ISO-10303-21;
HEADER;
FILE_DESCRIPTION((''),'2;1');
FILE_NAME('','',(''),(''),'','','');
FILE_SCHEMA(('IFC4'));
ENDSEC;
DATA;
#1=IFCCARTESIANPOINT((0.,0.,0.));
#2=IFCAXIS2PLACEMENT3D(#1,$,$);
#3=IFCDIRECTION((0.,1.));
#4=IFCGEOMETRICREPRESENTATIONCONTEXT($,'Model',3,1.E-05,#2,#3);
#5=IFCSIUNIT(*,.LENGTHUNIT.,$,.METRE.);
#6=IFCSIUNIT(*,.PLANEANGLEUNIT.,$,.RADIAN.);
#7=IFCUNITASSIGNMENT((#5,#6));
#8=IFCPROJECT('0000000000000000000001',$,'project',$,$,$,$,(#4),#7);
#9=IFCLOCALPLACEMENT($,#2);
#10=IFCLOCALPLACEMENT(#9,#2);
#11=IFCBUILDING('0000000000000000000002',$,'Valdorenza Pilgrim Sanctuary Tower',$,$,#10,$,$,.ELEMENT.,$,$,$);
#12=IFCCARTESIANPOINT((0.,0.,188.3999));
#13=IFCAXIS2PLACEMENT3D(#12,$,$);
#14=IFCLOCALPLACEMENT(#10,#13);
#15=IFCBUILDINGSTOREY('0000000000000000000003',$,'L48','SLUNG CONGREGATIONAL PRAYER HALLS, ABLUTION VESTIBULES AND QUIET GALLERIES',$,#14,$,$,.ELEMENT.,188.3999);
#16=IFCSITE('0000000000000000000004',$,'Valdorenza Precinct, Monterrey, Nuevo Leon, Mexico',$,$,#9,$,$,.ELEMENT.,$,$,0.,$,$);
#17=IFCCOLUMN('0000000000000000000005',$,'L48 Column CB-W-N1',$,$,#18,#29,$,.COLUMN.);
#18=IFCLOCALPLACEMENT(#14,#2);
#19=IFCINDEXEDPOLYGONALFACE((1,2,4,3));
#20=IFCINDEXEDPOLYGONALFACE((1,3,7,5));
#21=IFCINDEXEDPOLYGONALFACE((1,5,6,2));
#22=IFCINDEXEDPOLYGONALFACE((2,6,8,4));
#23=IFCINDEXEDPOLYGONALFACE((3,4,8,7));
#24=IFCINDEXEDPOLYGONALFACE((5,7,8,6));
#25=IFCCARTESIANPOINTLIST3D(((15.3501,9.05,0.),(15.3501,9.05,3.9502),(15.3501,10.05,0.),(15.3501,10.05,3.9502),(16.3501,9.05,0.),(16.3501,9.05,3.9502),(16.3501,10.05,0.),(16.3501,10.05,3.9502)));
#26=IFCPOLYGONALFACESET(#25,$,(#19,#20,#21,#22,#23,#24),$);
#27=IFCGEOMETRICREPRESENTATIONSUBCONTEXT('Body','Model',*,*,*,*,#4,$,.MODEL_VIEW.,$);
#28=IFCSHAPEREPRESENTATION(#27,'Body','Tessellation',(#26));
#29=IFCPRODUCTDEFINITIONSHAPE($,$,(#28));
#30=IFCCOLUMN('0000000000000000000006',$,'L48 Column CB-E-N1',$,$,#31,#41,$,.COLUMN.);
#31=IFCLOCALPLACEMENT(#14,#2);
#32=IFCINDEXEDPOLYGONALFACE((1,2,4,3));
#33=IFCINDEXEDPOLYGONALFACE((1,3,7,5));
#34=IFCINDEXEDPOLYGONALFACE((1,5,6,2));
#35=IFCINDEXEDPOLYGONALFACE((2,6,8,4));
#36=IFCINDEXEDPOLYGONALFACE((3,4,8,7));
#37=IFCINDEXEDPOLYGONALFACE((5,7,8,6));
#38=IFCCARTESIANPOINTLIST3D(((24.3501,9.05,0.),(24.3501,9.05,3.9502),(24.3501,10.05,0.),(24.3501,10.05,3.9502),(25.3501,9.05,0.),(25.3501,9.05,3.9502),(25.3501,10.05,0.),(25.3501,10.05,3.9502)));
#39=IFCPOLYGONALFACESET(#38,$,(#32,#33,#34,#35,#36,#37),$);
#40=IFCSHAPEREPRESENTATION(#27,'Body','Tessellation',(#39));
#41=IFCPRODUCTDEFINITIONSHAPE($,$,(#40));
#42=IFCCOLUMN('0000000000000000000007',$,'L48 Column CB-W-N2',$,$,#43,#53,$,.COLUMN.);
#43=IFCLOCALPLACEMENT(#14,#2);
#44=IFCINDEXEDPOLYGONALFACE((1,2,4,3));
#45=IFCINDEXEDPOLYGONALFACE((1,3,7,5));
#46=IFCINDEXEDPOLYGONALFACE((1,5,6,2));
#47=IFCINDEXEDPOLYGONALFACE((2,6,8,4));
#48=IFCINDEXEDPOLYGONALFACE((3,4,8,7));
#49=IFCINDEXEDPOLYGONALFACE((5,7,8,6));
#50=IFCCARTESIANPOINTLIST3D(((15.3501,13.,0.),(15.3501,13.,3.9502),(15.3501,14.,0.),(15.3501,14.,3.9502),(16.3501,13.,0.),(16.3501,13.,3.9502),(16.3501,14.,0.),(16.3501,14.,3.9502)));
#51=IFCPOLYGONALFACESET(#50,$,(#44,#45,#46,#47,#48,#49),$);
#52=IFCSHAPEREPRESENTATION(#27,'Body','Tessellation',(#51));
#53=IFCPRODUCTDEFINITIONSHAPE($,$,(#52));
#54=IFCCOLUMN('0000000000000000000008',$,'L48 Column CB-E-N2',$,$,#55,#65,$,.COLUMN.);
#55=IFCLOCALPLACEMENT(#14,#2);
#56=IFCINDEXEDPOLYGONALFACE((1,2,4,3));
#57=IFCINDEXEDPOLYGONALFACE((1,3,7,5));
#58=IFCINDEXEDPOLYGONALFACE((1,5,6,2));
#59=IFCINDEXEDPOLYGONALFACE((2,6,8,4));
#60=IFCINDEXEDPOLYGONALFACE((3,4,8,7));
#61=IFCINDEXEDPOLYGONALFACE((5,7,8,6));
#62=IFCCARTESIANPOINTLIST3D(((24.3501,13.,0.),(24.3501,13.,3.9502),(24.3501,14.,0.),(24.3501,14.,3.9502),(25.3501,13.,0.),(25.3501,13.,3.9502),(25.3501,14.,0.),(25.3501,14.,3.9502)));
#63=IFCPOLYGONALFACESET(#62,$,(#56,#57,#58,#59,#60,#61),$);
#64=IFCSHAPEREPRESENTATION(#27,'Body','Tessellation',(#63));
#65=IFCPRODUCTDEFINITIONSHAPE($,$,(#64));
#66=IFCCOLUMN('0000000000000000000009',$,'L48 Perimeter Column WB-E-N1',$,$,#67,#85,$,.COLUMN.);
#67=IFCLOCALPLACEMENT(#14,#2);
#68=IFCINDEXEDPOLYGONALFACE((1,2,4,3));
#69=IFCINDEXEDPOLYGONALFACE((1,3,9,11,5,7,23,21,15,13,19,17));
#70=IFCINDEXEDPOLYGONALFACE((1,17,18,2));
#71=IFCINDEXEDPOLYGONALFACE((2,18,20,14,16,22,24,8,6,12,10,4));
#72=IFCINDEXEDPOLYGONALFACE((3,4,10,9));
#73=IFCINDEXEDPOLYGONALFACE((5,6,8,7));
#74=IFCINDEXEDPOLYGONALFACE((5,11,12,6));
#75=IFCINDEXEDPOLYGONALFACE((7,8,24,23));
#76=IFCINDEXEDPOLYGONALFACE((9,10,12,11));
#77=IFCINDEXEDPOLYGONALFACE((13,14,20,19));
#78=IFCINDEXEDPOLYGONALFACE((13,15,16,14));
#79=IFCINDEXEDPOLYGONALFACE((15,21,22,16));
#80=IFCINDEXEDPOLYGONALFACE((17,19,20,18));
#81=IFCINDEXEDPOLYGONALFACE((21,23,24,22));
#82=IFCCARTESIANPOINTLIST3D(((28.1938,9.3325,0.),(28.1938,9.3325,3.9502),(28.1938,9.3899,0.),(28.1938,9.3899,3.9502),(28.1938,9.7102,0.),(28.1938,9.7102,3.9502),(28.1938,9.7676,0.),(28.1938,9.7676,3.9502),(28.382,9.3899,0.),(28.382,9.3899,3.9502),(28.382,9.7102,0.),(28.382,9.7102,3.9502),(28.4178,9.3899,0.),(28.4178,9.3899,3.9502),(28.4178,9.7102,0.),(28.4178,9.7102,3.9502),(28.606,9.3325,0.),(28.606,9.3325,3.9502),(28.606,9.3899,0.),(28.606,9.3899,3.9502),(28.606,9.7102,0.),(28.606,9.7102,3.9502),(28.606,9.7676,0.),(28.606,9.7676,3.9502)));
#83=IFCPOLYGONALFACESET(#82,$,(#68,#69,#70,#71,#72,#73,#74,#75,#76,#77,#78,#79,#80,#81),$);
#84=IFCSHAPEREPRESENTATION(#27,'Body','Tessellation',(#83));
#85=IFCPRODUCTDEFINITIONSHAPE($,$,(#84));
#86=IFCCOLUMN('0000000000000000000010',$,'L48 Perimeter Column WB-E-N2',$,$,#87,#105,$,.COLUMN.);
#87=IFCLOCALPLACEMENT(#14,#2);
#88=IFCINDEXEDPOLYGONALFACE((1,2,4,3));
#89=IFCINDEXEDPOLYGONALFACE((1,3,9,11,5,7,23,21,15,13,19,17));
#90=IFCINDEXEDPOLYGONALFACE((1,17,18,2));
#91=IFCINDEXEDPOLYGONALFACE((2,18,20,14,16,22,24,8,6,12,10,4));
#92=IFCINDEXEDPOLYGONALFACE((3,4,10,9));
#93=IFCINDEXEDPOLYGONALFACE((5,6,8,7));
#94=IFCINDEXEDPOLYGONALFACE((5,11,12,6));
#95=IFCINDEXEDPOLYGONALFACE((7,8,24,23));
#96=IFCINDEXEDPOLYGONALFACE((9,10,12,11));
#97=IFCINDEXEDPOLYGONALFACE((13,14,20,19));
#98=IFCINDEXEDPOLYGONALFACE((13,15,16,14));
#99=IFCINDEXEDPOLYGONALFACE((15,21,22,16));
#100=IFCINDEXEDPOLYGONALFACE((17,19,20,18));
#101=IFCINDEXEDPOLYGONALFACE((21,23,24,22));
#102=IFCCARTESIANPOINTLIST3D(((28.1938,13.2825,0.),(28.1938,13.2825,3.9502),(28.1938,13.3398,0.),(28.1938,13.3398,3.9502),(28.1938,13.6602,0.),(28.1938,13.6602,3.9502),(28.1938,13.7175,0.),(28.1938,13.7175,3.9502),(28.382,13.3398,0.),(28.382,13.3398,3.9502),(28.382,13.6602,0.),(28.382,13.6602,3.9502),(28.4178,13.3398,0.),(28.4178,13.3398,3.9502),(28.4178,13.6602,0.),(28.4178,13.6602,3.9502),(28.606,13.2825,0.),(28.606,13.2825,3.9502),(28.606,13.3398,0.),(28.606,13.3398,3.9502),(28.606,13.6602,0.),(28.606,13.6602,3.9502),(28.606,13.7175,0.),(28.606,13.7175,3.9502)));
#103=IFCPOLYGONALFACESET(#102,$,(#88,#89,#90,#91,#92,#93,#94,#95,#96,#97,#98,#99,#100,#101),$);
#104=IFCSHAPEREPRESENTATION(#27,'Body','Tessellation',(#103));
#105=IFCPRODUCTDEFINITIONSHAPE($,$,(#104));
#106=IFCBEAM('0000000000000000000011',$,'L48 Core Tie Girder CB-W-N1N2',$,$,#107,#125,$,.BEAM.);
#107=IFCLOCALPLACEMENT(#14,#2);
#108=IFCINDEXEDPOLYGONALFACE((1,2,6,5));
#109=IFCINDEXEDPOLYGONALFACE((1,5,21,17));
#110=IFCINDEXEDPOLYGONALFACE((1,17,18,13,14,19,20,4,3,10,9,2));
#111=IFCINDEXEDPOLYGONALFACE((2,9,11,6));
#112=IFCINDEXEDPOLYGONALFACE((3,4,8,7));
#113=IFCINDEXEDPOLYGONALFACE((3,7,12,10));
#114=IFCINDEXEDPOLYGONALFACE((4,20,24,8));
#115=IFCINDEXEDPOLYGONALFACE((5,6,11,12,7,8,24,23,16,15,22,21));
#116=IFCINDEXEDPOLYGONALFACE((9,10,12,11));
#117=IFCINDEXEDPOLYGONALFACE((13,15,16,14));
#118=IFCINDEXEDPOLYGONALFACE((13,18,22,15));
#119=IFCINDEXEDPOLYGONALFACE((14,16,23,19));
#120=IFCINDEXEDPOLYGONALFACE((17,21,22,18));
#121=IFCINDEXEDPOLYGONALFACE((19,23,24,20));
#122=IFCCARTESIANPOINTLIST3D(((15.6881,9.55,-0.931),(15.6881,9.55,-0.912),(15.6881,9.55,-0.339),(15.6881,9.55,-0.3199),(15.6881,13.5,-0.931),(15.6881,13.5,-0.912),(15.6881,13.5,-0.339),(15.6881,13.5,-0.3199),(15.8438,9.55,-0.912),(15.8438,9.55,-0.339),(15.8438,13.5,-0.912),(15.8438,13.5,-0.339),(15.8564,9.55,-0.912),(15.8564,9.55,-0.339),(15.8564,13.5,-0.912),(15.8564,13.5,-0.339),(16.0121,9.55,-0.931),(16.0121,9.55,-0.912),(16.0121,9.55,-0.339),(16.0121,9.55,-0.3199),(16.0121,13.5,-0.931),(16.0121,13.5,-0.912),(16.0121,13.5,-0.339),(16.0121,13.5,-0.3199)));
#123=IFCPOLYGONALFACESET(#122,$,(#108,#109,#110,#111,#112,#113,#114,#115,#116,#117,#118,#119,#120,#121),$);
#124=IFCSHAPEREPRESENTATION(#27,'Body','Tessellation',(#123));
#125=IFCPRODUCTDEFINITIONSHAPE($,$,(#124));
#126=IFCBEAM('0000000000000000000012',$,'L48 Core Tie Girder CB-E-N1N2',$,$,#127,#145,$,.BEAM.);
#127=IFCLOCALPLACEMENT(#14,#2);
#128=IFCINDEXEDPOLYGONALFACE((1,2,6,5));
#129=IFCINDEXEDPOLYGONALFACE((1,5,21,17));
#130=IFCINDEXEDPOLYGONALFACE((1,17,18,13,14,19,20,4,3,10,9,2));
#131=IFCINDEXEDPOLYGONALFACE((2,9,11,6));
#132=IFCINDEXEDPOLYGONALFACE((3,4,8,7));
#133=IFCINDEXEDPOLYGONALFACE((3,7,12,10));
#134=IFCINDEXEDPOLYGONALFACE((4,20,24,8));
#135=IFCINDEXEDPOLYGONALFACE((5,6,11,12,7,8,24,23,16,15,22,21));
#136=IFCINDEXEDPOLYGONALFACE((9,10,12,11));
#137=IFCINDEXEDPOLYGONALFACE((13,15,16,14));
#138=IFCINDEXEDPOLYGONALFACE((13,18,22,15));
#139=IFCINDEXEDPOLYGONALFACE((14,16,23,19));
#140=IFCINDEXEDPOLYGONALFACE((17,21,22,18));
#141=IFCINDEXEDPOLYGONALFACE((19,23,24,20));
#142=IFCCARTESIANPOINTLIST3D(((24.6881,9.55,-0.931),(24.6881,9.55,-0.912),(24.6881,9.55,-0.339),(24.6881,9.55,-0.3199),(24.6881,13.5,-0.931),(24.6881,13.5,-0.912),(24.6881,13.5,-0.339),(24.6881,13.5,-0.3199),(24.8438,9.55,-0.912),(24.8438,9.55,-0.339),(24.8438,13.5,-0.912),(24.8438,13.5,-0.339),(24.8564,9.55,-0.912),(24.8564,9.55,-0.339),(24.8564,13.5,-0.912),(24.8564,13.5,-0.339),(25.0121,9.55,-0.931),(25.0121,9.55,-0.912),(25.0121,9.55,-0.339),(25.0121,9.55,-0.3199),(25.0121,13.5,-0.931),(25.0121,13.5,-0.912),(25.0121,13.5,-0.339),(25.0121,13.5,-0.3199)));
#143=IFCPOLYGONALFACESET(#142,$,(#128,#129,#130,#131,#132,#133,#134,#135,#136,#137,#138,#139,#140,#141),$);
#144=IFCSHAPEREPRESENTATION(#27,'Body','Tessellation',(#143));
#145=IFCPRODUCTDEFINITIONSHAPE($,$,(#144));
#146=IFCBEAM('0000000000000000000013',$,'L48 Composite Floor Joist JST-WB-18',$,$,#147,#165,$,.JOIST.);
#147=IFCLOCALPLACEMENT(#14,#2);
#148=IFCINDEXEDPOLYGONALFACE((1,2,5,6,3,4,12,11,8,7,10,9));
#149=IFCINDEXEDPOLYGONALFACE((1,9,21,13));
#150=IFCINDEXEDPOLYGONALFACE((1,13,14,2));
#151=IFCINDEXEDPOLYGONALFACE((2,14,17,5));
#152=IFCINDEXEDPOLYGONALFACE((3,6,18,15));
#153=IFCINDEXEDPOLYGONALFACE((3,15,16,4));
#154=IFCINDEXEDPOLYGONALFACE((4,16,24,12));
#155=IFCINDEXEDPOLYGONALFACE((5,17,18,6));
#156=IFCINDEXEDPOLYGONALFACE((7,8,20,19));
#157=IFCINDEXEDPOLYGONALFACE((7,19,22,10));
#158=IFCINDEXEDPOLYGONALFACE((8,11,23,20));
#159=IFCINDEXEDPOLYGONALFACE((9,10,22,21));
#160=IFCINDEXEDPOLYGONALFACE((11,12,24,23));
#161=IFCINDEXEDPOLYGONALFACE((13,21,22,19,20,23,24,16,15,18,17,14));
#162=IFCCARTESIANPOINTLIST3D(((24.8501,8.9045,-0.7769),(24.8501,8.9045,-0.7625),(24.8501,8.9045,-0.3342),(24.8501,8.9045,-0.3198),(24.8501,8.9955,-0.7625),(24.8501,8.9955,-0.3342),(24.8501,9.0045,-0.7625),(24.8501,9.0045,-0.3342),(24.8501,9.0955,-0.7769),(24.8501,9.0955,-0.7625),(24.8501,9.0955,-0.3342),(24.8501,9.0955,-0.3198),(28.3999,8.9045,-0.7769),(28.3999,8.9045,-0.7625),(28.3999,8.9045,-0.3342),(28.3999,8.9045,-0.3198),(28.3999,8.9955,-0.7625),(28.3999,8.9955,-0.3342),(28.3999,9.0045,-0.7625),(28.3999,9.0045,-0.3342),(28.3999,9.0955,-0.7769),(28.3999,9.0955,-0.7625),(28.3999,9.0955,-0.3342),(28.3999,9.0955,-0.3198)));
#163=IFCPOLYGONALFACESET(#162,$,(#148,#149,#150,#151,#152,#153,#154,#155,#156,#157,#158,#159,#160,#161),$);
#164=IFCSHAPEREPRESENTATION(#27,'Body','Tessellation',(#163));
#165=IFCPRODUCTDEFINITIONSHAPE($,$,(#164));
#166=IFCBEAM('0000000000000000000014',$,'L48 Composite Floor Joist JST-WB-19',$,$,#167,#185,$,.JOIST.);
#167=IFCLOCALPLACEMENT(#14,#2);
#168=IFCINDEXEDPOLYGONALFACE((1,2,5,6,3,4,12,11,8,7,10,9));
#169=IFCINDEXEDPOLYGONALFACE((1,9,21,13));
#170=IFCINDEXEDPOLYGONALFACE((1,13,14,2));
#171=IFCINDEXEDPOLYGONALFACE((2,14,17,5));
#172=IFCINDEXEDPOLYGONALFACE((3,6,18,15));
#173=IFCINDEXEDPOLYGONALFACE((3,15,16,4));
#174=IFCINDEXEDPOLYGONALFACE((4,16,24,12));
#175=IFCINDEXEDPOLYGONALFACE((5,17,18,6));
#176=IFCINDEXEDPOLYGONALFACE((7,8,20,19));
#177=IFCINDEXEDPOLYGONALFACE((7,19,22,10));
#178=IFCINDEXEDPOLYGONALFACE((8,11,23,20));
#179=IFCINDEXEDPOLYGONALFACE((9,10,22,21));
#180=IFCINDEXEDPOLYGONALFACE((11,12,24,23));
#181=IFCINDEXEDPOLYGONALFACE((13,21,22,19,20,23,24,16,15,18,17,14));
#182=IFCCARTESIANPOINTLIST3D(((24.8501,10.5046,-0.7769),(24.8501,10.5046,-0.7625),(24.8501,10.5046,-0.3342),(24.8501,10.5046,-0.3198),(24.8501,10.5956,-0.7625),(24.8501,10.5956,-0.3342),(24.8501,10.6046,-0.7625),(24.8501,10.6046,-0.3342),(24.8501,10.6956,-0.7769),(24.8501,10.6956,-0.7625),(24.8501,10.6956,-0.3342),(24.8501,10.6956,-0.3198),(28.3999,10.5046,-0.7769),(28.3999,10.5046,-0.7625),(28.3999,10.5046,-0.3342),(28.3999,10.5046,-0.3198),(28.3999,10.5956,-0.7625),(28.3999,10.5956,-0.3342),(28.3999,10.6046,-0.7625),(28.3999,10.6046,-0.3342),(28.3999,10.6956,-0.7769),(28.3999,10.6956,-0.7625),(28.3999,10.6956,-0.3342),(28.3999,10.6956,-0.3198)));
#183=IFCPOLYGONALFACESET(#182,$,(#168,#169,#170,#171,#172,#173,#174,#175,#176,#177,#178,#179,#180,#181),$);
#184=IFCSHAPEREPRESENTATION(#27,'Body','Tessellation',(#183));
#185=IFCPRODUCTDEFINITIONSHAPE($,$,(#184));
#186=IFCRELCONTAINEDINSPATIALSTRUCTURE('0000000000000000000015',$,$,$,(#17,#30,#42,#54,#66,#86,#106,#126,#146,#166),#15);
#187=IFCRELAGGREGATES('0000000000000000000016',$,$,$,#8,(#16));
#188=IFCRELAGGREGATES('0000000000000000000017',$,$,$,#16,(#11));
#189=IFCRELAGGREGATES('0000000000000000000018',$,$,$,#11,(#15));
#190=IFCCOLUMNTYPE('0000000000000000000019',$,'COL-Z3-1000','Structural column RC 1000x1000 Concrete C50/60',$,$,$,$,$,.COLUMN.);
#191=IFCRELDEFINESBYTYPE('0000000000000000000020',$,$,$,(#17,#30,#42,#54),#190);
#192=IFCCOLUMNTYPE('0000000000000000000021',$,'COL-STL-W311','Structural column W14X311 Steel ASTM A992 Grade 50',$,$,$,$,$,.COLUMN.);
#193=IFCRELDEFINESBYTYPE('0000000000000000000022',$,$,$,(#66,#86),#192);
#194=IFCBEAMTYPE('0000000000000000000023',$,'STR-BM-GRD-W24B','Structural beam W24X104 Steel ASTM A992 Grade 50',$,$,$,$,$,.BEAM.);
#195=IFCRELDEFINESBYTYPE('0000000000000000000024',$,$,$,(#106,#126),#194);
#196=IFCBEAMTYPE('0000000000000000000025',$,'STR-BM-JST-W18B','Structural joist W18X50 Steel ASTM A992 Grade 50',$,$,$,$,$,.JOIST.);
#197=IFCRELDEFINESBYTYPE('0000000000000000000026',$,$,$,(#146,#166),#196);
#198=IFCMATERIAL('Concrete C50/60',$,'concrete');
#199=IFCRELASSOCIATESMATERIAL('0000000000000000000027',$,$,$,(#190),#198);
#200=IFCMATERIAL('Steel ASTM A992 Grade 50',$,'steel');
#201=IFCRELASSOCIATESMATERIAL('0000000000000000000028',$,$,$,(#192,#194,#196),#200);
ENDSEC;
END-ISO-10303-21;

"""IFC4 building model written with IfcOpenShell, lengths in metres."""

from ifc_helpers import new_model, si_unit, direction, frame, origin, origin_2d, place, context, subcontext, project, spatial, rectangle, i_section, extrude, source, transform, mapped, material, material_profile, profile_set, type_object, element, save


model = new_model("IFC4")

# Units and contexts
model_context = context("Model", 3, precision=1e-05, world=origin(), true_north=direction((0.0, 1.0)))
body_context = subcontext(model_context, "Body", "Model", "MODEL_VIEW")
ifc_project = project(units=[si_unit("LENGTHUNIT", "METRE"), si_unit("PLANEANGLEUNIT", "RADIAN")], contexts=[model_context])

# Site, building, storey
site_placement = place(None, origin())
site = spatial("IfcSite", under=ifc_project, at=site_placement, Name="Valdorenza Precinct, Monterrey, Nuevo Leon, Mexico", CompositionType="ELEMENT", RefElevation=0.0)
building_placement = place(site_placement, origin())
building = spatial("IfcBuilding", under=site, at=building_placement, Name="Valdorenza Pilgrim Sanctuary Tower", CompositionType="ELEMENT")
storey_placement = place(building_placement, frame((0.0, 0.0, 188.3999)))
storey = spatial("IfcBuildingStorey", under=building, at=storey_placement, Name="L48", Description="SLUNG CONGREGATIONAL PRAYER HALLS, ABLUTION VESTIBULES AND QUIET GALLERIES", CompositionType="ELEMENT", Elevation=188.3999)

# Columns
ifc_material_1 = material(Name="Concrete C50/60", Category="concrete")
ifc_material_profile_1 = material_profile(ifc_material_1, rectangle(XDim=1.0, YDim=1.0, at=origin_2d()), Name="RC 1000x1000")
ifc_profile_set_1 = profile_set([ifc_material_profile_1], Name="Concrete C50/60")
column_type_1 = type_object("IfcColumnType", Name="COL-Z3-1000", Description="Structural column RC 1000x1000 Concrete C50/60", PredefinedType="COLUMN", material=ifc_profile_set_1)
shared_shape_1 = source(origin(), body_context, "Body", "SweptSolid", [
    extrude(rectangle(XDim=1.0, YDim=1.0, at=origin_2d()), origin(), (0.0, 0.0, 1.0), 3.9502),
])
for number, where, z_axis, x_axis, name in (
    (1, (15.8501, 9.55, 0.0), (0.0, 0.0, 1.0), (1.0, 0.0, 0.0), "L48 Column CB-W-N1"),
    (2, (24.8501, 9.55, 0.0), (0.0, 0.0, 1.0), (1.0, 0.0, 0.0), "L48 Column CB-E-N1"),
    (3, (15.8501, 13.5, 0.0), (0.0, 0.0, 1.0), (1.0, 0.0, 0.0), "L48 Column CB-W-N2"),
    (4, (24.8501, 13.5, 0.0), (0.0, 0.0, 1.0), (1.0, 0.0, 0.0), "L48 Column CB-E-N2"),
):
    element("IfcColumn", number, at=place(storey_placement, frame(where, z_axis=z_axis, x_axis=x_axis)), inside=storey, type_object=column_type_1, Name=name, PredefinedType="COLUMN", context=body_context, shape_type="MappedRepresentation", body=[
        mapped(shared_shape_1, transform((0.0, 0.0, 0.0), x_axis=(1.0, 0.0, 0.0), y_axis=(0.0, 1.0, 0.0), z_axis=(0.0, 0.0, 1.0), scale=1.0)),
    ])
ifc_material_2 = material(Name="Steel ASTM A992 Grade 50", Category="steel")
ifc_material_profile_2 = material_profile(ifc_material_2, i_section(OverallWidth=0.4121, OverallDepth=0.4351, WebThickness=0.0359, FlangeThickness=0.0574, at=origin_2d()), Name="W14X311")
ifc_profile_set_2 = profile_set([ifc_material_profile_2], Name="Steel ASTM A992 Grade 50")
column_type_2 = type_object("IfcColumnType", Name="COL-STL-W311", Description="Structural column W14X311 Steel ASTM A992 Grade 50", PredefinedType="COLUMN", material=ifc_profile_set_2)
shared_shape_2 = source(origin(), body_context, "Body", "SweptSolid", [
    extrude(i_section(OverallWidth=0.4121, OverallDepth=0.4351, WebThickness=0.0359, FlangeThickness=0.0574, at=origin_2d()), origin(), (0.0, 0.0, 1.0), 3.9502),
])
for number, where, z_axis, x_axis, name in (
    (5, (28.3999, 9.55, 0.0), (0.0, 0.0, 1.0), (1.0, 0.0, 0.0), "L48 Perimeter Column WB-E-N1"),
    (6, (28.3999, 13.5, 0.0), (0.0, 0.0, 1.0), (1.0, 0.0, 0.0), "L48 Perimeter Column WB-E-N2"),
):
    element("IfcColumn", number, at=place(storey_placement, frame(where, z_axis=z_axis, x_axis=x_axis)), inside=storey, type_object=column_type_2, Name=name, PredefinedType="COLUMN", context=body_context, shape_type="MappedRepresentation", body=[
        mapped(shared_shape_2, transform((0.0, 0.0, 0.0), x_axis=(1.0, 0.0, 0.0), y_axis=(0.0, 1.0, 0.0), z_axis=(0.0, 0.0, 1.0), scale=1.0)),
    ])

# Beams
ifc_material_profile_3 = material_profile(ifc_material_2, i_section(OverallWidth=0.324, OverallDepth=0.6111, WebThickness=0.0127, FlangeThickness=0.019, at=origin_2d()), Name="W24X104")
ifc_profile_set_3 = profile_set([ifc_material_profile_3], Name="Steel ASTM A992 Grade 50")
beam_type_1 = type_object("IfcBeamType", Name="STR-BM-GRD-W24B", Description="Structural beam W24X104 Steel ASTM A992 Grade 50", PredefinedType="BEAM", material=ifc_profile_set_3)
shared_shape_3 = source(origin(), body_context, "Body", "SweptSolid", [
    extrude(i_section(OverallWidth=0.324, OverallDepth=0.6111, WebThickness=0.0127, FlangeThickness=0.019, at=origin_2d()), origin(), (0.0, 0.0, 1.0), 3.95),
])
for number, where, z_axis, x_axis, name in (
    (7, (15.8501, 9.55, -0.6255), (0.0, 1.0, 0.0), (-1.0, 0.0, 0.0), "L48 Core Tie Girder CB-W-N1N2"),
    (8, (24.8501, 9.55, -0.6255), (0.0, 1.0, 0.0), (-1.0, 0.0, 0.0), "L48 Core Tie Girder CB-E-N1N2"),
):
    element("IfcBeam", number, at=place(storey_placement, frame(where, z_axis=z_axis, x_axis=x_axis)), inside=storey, type_object=beam_type_1, Name=name, PredefinedType="BEAM", context=body_context, shape_type="MappedRepresentation", body=[
        mapped(shared_shape_3, transform((0.0, 0.0, 0.0), x_axis=(1.0, 0.0, 0.0), y_axis=(0.0, 1.0, 0.0), z_axis=(0.0, 0.0, 1.0), scale=1.0)),
    ])
ifc_material_profile_4 = material_profile(ifc_material_2, i_section(OverallWidth=0.1909, OverallDepth=0.457, WebThickness=0.009, FlangeThickness=0.0144, at=origin_2d()), Name="W18X50")
ifc_profile_set_4 = profile_set([ifc_material_profile_4], Name="Steel ASTM A992 Grade 50")
beam_type_2 = type_object("IfcBeamType", Name="STR-BM-JST-W18B", Description="Structural joist W18X50 Steel ASTM A992 Grade 50", PredefinedType="JOIST", material=ifc_profile_set_4)
shared_shape_4 = source(origin(), body_context, "Body", "SweptSolid", [
    extrude(i_section(OverallWidth=0.1909, OverallDepth=0.457, WebThickness=0.009, FlangeThickness=0.0144, at=origin_2d()), origin(), (0.0, 0.0, 1.0), 3.5498),
])
for number, where, z_axis, x_axis, name in (
    (9, (24.8501, 9.0, -0.5483), (1.0, 0.0, 0.0), (0.0, 1.0, 0.0), "L48 Composite Floor Joist JST-WB-18"),
    (10, (24.8501, 10.6001, -0.5483), (1.0, 0.0, 0.0), (0.0, 1.0, 0.0), "L48 Composite Floor Joist JST-WB-19"),
):
    element("IfcBeam", number, at=place(storey_placement, frame(where, z_axis=z_axis, x_axis=x_axis)), inside=storey, type_object=beam_type_2, Name=name, PredefinedType="JOIST", context=body_context, shape_type="MappedRepresentation", body=[
        mapped(shared_shape_4, transform((0.0, 0.0, 0.0), x_axis=(1.0, 0.0, 0.0), y_axis=(0.0, 1.0, 0.0), z_axis=(0.0, 0.0, 1.0), scale=1.0)),
    ])

save(model, "model.ifc")
